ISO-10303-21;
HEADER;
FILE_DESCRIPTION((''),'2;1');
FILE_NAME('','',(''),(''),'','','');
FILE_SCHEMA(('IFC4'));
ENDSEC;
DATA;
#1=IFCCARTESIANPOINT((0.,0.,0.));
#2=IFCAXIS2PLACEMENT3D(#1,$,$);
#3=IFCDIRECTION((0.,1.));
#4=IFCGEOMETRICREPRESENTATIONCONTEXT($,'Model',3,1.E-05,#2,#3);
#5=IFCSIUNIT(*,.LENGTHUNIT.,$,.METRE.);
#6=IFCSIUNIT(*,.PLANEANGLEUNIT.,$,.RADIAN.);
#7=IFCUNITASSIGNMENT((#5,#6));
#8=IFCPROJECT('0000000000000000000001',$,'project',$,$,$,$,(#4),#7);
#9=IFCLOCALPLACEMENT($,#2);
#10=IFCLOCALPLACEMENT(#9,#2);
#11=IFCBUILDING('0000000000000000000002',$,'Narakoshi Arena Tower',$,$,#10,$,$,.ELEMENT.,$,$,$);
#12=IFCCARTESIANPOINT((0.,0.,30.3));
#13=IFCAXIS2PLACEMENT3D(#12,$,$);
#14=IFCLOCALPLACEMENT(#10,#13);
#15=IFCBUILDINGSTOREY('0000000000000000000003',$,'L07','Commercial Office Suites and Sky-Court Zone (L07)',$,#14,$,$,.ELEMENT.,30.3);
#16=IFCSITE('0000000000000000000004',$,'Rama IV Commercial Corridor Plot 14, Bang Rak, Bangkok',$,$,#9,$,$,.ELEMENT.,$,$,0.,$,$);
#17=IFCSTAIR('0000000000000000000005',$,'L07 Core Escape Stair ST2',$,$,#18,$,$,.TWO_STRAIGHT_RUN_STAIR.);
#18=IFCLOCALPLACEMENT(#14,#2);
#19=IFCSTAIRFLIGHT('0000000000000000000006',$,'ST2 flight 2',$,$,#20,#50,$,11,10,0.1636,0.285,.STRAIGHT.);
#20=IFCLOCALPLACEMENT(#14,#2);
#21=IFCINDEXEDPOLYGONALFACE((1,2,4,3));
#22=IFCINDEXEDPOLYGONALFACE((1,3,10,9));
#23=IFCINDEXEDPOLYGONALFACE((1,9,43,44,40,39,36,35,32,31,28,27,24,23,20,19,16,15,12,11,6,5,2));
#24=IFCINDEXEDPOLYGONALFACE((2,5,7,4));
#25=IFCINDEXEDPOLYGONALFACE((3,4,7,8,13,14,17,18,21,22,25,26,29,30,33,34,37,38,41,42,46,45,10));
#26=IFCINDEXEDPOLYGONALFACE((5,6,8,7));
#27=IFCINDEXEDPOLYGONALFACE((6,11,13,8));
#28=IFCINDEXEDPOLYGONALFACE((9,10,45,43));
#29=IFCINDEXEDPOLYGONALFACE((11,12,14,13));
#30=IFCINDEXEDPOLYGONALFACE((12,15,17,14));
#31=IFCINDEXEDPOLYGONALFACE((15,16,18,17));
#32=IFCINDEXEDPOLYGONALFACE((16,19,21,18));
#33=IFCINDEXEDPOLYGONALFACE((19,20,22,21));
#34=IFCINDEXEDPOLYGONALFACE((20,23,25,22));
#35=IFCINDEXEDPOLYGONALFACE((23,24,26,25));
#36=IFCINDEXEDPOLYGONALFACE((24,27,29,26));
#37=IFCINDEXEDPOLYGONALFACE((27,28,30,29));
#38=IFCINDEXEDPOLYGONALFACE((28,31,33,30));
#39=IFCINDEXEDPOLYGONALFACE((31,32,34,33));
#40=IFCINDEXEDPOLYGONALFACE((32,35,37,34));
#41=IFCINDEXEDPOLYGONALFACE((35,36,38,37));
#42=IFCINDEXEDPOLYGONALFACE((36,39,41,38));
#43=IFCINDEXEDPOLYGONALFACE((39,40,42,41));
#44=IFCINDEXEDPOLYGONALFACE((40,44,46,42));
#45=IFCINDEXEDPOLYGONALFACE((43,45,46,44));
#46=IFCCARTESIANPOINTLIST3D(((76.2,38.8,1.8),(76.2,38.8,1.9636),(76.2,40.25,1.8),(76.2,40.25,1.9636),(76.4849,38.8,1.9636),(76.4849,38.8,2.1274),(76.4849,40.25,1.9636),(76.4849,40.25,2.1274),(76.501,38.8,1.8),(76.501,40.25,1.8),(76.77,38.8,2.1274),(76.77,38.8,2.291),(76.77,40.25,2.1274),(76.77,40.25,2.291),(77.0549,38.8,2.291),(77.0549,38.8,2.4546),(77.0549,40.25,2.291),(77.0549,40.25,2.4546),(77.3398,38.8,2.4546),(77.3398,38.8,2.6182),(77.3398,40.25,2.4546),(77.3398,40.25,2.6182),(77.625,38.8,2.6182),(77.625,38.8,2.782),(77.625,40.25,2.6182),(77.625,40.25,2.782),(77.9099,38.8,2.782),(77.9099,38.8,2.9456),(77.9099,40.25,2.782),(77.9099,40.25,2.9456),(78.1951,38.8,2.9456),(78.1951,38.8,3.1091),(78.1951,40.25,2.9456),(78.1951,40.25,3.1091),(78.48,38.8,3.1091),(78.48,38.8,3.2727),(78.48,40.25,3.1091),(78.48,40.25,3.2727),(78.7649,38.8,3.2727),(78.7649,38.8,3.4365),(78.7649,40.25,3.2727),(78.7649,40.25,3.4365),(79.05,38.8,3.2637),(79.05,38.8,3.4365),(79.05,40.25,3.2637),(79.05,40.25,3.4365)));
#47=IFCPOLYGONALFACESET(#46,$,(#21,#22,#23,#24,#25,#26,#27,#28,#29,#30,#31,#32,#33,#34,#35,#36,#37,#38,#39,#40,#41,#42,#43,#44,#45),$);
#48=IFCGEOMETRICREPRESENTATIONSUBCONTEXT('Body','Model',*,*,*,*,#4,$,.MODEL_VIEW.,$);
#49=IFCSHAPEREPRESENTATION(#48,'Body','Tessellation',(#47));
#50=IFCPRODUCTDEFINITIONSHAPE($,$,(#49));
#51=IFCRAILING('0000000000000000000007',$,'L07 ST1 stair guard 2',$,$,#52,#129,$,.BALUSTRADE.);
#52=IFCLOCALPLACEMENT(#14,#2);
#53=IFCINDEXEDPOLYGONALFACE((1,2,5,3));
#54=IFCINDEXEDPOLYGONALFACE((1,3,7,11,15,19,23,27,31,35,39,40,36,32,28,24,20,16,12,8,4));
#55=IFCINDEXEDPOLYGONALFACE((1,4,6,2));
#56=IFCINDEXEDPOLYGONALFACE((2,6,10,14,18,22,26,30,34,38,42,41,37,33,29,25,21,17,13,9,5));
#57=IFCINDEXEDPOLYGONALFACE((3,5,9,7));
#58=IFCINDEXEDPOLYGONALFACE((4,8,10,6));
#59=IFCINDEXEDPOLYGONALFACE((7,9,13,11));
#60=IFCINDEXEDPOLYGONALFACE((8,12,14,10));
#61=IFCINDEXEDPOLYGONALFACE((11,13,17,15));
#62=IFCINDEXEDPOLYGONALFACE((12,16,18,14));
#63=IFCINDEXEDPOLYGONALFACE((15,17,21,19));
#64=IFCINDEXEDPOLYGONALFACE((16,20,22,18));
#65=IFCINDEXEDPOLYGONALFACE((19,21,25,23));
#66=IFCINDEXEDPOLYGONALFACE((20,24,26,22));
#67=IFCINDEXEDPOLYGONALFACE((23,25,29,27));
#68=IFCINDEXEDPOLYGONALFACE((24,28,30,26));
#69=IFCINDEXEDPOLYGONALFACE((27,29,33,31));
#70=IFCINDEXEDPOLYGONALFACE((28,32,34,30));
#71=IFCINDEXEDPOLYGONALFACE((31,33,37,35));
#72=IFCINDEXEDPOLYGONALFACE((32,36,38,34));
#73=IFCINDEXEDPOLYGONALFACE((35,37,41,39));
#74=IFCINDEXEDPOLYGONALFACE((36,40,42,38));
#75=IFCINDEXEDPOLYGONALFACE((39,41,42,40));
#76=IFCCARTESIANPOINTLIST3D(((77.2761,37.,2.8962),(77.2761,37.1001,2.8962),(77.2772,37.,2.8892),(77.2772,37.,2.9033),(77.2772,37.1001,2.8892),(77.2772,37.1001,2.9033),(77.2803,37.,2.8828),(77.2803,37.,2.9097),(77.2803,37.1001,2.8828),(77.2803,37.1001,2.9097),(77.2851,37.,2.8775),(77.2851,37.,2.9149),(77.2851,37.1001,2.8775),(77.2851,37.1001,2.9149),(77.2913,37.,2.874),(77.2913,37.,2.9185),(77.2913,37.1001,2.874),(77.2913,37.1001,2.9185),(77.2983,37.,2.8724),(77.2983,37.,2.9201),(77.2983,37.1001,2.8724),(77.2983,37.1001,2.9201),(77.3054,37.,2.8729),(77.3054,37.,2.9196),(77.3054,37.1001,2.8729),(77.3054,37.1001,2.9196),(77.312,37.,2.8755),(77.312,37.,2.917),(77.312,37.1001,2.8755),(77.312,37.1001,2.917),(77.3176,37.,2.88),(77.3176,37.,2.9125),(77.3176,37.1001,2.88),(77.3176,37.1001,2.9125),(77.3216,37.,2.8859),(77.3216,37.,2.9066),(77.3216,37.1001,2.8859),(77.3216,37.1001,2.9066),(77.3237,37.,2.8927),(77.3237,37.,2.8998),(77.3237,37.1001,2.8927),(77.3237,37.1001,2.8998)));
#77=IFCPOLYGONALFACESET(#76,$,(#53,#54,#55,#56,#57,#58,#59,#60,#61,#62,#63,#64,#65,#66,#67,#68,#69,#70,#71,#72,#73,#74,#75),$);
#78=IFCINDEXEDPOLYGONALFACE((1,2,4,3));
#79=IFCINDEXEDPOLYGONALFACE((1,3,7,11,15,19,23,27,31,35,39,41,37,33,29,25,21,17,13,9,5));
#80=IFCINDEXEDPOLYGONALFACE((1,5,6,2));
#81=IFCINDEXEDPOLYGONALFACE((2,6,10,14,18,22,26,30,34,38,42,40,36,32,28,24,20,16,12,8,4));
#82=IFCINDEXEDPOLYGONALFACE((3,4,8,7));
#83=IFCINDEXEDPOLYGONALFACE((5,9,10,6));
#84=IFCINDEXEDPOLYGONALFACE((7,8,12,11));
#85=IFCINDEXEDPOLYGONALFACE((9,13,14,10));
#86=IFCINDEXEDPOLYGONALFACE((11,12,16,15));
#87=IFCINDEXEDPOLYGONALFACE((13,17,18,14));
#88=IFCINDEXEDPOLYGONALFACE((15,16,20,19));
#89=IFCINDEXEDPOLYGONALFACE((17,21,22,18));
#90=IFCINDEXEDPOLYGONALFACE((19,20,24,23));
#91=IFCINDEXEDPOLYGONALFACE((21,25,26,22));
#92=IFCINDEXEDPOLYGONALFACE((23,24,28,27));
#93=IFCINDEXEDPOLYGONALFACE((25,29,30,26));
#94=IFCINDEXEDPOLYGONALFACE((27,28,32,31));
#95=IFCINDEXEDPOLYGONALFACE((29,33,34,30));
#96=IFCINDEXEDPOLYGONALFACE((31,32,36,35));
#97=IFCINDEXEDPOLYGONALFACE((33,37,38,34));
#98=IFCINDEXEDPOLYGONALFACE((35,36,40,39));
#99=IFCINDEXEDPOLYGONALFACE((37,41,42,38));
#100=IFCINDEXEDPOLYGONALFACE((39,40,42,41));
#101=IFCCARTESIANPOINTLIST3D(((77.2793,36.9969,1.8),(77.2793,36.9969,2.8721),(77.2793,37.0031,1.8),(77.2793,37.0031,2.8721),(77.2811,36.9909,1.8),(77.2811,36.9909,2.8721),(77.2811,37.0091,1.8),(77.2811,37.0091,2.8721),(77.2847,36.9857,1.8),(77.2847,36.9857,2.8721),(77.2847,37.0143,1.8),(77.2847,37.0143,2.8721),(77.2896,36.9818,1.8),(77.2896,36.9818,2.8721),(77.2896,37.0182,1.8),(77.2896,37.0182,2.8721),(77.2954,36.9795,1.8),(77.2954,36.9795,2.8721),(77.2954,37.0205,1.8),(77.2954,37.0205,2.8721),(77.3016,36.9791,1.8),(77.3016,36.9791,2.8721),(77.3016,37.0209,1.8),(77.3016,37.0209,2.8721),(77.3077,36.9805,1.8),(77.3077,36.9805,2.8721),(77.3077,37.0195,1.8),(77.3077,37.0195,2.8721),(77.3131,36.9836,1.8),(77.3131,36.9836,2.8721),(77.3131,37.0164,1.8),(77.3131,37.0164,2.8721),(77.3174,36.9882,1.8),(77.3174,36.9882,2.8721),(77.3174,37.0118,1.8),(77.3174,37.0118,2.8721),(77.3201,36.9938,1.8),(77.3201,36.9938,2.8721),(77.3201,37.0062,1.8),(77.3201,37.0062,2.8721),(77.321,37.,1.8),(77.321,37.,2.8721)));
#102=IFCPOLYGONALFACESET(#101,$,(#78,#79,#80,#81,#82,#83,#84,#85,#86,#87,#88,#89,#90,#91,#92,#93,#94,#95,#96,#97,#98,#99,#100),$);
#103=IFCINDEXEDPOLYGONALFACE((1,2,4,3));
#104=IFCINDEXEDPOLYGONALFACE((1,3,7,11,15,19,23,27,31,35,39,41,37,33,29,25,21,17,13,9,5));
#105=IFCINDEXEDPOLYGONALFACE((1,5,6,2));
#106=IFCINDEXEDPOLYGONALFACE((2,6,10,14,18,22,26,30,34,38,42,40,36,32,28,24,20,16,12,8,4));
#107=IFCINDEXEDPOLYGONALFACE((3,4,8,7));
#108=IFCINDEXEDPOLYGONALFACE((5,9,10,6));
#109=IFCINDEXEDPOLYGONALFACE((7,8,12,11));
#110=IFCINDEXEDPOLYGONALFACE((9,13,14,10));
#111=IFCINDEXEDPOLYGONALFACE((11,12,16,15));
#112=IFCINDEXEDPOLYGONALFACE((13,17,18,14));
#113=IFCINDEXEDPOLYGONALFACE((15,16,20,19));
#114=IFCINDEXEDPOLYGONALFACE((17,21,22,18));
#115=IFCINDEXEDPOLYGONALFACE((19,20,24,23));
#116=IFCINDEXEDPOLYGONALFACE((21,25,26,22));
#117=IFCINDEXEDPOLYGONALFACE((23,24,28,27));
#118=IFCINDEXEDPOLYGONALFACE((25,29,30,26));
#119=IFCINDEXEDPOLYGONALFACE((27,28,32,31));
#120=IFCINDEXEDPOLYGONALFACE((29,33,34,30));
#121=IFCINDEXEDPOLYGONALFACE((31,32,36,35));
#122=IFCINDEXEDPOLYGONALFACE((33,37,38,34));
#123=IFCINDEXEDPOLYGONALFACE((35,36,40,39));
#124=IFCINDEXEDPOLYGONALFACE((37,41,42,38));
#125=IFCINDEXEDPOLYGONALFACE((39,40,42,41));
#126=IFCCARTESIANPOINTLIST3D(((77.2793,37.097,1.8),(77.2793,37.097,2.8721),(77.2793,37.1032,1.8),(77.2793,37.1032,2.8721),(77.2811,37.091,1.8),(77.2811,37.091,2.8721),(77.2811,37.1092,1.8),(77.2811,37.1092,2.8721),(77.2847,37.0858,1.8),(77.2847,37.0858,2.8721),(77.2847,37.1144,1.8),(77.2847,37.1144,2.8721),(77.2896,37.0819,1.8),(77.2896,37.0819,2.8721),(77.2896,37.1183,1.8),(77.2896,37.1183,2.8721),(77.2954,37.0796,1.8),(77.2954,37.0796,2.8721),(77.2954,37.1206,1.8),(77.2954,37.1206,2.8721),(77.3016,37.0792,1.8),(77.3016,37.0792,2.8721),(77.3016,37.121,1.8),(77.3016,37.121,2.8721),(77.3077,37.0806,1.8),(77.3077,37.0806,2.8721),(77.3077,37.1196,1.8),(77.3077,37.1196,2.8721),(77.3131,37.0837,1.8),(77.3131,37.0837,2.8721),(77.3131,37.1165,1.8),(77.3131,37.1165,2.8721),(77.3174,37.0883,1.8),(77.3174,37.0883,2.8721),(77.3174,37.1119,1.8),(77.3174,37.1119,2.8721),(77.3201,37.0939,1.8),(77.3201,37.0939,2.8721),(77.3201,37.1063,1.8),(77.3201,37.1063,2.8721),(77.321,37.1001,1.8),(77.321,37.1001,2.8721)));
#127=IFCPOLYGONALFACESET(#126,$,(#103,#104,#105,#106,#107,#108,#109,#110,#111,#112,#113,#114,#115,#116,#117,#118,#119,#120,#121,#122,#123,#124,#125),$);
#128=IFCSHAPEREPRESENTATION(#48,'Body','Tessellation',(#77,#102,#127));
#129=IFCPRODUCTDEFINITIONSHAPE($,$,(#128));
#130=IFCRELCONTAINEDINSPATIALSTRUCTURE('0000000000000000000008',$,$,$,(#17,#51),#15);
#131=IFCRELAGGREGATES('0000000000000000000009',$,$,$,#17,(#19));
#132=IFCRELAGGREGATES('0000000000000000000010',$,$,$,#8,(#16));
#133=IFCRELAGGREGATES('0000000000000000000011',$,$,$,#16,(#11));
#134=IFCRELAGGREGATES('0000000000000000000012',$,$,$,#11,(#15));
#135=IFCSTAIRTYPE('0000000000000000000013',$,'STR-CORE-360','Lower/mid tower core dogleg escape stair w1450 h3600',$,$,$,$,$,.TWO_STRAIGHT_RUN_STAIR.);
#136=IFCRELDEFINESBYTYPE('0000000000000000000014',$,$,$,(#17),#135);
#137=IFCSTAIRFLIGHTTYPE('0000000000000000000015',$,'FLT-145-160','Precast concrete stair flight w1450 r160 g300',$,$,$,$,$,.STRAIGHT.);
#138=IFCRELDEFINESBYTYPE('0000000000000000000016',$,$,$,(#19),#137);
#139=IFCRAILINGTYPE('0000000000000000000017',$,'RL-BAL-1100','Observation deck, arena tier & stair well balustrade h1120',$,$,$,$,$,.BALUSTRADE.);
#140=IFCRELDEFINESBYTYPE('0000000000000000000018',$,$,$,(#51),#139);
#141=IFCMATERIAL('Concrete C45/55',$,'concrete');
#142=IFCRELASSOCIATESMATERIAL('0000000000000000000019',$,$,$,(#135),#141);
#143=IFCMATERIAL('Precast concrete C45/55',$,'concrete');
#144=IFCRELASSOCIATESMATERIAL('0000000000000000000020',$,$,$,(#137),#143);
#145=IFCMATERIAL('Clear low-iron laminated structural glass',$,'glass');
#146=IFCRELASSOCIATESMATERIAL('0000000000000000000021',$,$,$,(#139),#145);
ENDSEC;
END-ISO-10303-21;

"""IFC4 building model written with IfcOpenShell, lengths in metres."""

from ifc_helpers import new_model, si_unit, direction, frame, origin, origin_2d, place, context, subcontext, project, spatial, polyline, circle, outline, extrude, material, type_object, element, aggregate, save


model = new_model("IFC4")

# Units and contexts
model_context = context("Model", 3, precision=1e-05, world=origin(), true_north=direction((0.0, 1.0)))
body_context = subcontext(model_context, "Body", "Model", "MODEL_VIEW")
ifc_project = project(units=[si_unit("LENGTHUNIT", "METRE"), si_unit("PLANEANGLEUNIT", "RADIAN")], contexts=[model_context])

# Site, building, storey
site_placement = place(None, origin())
site = spatial("IfcSite", under=ifc_project, at=site_placement, Name="Rama IV Commercial Corridor Plot 14, Bang Rak, Bangkok", CompositionType="ELEMENT", RefElevation=0.0)
building_placement = place(site_placement, origin())
building = spatial("IfcBuilding", under=site, at=building_placement, Name="Narakoshi Arena Tower", CompositionType="ELEMENT")
storey_placement = place(building_placement, frame((0.0, 0.0, 30.3)))
storey = spatial("IfcBuildingStorey", under=building, at=storey_placement, Name="L07", Description="Commercial Office Suites and Sky-Court Zone (L07)", CompositionType="ELEMENT", Elevation=30.3)

# Stair, stair flight
ifc_material_1 = material(Name="Concrete C45/55", Category="concrete")
stair_type = type_object("IfcStairType", Name="STR-CORE-360", Description="Lower/mid tower core dogleg escape stair w1450 h3600", PredefinedType="TWO_STRAIGHT_RUN_STAIR", material=ifc_material_1)
ifc_material_2 = material(Name="Precast concrete C45/55", Category="concrete")
stair_flight_type = type_object("IfcStairFlightType", Name="FLT-145-160", Description="Precast concrete stair flight w1450 r160 g300", PredefinedType="STRAIGHT", material=ifc_material_2)
stair_1_placement = place(storey_placement, origin())
stair_1 = element("IfcStair", 1, at=stair_1_placement, inside=storey, type_object=stair_type, Name="L07 Core Escape Stair ST2", PredefinedType="TWO_STRAIGHT_RUN_STAIR")
stair_flight_1_placement = place(storey_placement, frame((76.2, 39.5249, 1.8), z_axis=(0.0, 0.0, 1.0), x_axis=(1.0, 0.0, 0.0)))
stair_flight_1 = element("IfcStairFlight", 2, at=stair_flight_1_placement, type_object=stair_flight_type, Name="ST2 flight 2", NumberOfRisers=11, NumberOfTreads=10, PredefinedType="STRAIGHT", RiserHeight=0.1636, TreadLength=0.285, context=body_context, shape_type="SweptSolid", body=[
    extrude(outline(polyline([(0.0, 0.0), (0.0, 0.1636), (0.2849, 0.1636), (0.2849, 0.3274), (0.5701, 0.3274), (0.5701, 0.491), (0.855, 0.491), (0.855, 0.6545), (1.1399, 0.6545), (1.1399, 0.8181), (1.425, 0.8181), (1.425, 0.9819), (1.71, 0.9819), (1.71, 1.1455), (1.9951, 1.1455), (1.9951, 1.3091), (2.28, 1.3091), (2.28, 1.4727), (2.5649, 1.4727), (2.5649, 1.6365), (2.8501, 1.6365), (2.8501, 1.8), (2.8501, 1.4636), (0.301, 0.0), (0.0, 0.0)])), frame((0.0, 0.7251, 0.0), z_axis=(0.0, -1.0, 0.0), x_axis=(1.0, 0.0, 0.0)), (0.0, 0.0, 1.0), 1.45),
])
aggregate(stair_1, [stair_flight_1])

# Railing
ifc_material_3 = material(Name="Clear low-iron laminated structural glass", Category="glass")
railing_type_1 = type_object("IfcRailingType", Name="RL-BAL-1100", Description="Observation deck, arena tier & stair well balustrade h1120", PredefinedType="BALUSTRADE", material=ifc_material_3)
railing_1_placement = place(storey_placement, frame((77.3, 37.0, 1.8)))
element("IfcRailing", 3, at=railing_1_placement, inside=storey, type_object=railing_type_1, Name="L07 ST1 stair guard 2", PredefinedType="BALUSTRADE", context=body_context, shape_type="SweptSolid", body=[
    extrude(circle(Radius=0.0239, at=origin_2d()), frame((0.0, 0.0, 1.0962), z_axis=(0.0, 1.0, 0.0), x_axis=(-1.0, 0.0, 0.0)), (0.0, 0.0, 1.0), 0.1001),
    extrude(circle(Radius=0.021, at=origin_2d()), origin(), (0.0, 0.0, 1.0), 1.072),
    extrude(circle(Radius=0.021, at=origin_2d()), frame((0.0, 0.1001, 0.0)), (0.0, 0.0, 1.0), 1.072),
])

save(model, "model.ifc")
